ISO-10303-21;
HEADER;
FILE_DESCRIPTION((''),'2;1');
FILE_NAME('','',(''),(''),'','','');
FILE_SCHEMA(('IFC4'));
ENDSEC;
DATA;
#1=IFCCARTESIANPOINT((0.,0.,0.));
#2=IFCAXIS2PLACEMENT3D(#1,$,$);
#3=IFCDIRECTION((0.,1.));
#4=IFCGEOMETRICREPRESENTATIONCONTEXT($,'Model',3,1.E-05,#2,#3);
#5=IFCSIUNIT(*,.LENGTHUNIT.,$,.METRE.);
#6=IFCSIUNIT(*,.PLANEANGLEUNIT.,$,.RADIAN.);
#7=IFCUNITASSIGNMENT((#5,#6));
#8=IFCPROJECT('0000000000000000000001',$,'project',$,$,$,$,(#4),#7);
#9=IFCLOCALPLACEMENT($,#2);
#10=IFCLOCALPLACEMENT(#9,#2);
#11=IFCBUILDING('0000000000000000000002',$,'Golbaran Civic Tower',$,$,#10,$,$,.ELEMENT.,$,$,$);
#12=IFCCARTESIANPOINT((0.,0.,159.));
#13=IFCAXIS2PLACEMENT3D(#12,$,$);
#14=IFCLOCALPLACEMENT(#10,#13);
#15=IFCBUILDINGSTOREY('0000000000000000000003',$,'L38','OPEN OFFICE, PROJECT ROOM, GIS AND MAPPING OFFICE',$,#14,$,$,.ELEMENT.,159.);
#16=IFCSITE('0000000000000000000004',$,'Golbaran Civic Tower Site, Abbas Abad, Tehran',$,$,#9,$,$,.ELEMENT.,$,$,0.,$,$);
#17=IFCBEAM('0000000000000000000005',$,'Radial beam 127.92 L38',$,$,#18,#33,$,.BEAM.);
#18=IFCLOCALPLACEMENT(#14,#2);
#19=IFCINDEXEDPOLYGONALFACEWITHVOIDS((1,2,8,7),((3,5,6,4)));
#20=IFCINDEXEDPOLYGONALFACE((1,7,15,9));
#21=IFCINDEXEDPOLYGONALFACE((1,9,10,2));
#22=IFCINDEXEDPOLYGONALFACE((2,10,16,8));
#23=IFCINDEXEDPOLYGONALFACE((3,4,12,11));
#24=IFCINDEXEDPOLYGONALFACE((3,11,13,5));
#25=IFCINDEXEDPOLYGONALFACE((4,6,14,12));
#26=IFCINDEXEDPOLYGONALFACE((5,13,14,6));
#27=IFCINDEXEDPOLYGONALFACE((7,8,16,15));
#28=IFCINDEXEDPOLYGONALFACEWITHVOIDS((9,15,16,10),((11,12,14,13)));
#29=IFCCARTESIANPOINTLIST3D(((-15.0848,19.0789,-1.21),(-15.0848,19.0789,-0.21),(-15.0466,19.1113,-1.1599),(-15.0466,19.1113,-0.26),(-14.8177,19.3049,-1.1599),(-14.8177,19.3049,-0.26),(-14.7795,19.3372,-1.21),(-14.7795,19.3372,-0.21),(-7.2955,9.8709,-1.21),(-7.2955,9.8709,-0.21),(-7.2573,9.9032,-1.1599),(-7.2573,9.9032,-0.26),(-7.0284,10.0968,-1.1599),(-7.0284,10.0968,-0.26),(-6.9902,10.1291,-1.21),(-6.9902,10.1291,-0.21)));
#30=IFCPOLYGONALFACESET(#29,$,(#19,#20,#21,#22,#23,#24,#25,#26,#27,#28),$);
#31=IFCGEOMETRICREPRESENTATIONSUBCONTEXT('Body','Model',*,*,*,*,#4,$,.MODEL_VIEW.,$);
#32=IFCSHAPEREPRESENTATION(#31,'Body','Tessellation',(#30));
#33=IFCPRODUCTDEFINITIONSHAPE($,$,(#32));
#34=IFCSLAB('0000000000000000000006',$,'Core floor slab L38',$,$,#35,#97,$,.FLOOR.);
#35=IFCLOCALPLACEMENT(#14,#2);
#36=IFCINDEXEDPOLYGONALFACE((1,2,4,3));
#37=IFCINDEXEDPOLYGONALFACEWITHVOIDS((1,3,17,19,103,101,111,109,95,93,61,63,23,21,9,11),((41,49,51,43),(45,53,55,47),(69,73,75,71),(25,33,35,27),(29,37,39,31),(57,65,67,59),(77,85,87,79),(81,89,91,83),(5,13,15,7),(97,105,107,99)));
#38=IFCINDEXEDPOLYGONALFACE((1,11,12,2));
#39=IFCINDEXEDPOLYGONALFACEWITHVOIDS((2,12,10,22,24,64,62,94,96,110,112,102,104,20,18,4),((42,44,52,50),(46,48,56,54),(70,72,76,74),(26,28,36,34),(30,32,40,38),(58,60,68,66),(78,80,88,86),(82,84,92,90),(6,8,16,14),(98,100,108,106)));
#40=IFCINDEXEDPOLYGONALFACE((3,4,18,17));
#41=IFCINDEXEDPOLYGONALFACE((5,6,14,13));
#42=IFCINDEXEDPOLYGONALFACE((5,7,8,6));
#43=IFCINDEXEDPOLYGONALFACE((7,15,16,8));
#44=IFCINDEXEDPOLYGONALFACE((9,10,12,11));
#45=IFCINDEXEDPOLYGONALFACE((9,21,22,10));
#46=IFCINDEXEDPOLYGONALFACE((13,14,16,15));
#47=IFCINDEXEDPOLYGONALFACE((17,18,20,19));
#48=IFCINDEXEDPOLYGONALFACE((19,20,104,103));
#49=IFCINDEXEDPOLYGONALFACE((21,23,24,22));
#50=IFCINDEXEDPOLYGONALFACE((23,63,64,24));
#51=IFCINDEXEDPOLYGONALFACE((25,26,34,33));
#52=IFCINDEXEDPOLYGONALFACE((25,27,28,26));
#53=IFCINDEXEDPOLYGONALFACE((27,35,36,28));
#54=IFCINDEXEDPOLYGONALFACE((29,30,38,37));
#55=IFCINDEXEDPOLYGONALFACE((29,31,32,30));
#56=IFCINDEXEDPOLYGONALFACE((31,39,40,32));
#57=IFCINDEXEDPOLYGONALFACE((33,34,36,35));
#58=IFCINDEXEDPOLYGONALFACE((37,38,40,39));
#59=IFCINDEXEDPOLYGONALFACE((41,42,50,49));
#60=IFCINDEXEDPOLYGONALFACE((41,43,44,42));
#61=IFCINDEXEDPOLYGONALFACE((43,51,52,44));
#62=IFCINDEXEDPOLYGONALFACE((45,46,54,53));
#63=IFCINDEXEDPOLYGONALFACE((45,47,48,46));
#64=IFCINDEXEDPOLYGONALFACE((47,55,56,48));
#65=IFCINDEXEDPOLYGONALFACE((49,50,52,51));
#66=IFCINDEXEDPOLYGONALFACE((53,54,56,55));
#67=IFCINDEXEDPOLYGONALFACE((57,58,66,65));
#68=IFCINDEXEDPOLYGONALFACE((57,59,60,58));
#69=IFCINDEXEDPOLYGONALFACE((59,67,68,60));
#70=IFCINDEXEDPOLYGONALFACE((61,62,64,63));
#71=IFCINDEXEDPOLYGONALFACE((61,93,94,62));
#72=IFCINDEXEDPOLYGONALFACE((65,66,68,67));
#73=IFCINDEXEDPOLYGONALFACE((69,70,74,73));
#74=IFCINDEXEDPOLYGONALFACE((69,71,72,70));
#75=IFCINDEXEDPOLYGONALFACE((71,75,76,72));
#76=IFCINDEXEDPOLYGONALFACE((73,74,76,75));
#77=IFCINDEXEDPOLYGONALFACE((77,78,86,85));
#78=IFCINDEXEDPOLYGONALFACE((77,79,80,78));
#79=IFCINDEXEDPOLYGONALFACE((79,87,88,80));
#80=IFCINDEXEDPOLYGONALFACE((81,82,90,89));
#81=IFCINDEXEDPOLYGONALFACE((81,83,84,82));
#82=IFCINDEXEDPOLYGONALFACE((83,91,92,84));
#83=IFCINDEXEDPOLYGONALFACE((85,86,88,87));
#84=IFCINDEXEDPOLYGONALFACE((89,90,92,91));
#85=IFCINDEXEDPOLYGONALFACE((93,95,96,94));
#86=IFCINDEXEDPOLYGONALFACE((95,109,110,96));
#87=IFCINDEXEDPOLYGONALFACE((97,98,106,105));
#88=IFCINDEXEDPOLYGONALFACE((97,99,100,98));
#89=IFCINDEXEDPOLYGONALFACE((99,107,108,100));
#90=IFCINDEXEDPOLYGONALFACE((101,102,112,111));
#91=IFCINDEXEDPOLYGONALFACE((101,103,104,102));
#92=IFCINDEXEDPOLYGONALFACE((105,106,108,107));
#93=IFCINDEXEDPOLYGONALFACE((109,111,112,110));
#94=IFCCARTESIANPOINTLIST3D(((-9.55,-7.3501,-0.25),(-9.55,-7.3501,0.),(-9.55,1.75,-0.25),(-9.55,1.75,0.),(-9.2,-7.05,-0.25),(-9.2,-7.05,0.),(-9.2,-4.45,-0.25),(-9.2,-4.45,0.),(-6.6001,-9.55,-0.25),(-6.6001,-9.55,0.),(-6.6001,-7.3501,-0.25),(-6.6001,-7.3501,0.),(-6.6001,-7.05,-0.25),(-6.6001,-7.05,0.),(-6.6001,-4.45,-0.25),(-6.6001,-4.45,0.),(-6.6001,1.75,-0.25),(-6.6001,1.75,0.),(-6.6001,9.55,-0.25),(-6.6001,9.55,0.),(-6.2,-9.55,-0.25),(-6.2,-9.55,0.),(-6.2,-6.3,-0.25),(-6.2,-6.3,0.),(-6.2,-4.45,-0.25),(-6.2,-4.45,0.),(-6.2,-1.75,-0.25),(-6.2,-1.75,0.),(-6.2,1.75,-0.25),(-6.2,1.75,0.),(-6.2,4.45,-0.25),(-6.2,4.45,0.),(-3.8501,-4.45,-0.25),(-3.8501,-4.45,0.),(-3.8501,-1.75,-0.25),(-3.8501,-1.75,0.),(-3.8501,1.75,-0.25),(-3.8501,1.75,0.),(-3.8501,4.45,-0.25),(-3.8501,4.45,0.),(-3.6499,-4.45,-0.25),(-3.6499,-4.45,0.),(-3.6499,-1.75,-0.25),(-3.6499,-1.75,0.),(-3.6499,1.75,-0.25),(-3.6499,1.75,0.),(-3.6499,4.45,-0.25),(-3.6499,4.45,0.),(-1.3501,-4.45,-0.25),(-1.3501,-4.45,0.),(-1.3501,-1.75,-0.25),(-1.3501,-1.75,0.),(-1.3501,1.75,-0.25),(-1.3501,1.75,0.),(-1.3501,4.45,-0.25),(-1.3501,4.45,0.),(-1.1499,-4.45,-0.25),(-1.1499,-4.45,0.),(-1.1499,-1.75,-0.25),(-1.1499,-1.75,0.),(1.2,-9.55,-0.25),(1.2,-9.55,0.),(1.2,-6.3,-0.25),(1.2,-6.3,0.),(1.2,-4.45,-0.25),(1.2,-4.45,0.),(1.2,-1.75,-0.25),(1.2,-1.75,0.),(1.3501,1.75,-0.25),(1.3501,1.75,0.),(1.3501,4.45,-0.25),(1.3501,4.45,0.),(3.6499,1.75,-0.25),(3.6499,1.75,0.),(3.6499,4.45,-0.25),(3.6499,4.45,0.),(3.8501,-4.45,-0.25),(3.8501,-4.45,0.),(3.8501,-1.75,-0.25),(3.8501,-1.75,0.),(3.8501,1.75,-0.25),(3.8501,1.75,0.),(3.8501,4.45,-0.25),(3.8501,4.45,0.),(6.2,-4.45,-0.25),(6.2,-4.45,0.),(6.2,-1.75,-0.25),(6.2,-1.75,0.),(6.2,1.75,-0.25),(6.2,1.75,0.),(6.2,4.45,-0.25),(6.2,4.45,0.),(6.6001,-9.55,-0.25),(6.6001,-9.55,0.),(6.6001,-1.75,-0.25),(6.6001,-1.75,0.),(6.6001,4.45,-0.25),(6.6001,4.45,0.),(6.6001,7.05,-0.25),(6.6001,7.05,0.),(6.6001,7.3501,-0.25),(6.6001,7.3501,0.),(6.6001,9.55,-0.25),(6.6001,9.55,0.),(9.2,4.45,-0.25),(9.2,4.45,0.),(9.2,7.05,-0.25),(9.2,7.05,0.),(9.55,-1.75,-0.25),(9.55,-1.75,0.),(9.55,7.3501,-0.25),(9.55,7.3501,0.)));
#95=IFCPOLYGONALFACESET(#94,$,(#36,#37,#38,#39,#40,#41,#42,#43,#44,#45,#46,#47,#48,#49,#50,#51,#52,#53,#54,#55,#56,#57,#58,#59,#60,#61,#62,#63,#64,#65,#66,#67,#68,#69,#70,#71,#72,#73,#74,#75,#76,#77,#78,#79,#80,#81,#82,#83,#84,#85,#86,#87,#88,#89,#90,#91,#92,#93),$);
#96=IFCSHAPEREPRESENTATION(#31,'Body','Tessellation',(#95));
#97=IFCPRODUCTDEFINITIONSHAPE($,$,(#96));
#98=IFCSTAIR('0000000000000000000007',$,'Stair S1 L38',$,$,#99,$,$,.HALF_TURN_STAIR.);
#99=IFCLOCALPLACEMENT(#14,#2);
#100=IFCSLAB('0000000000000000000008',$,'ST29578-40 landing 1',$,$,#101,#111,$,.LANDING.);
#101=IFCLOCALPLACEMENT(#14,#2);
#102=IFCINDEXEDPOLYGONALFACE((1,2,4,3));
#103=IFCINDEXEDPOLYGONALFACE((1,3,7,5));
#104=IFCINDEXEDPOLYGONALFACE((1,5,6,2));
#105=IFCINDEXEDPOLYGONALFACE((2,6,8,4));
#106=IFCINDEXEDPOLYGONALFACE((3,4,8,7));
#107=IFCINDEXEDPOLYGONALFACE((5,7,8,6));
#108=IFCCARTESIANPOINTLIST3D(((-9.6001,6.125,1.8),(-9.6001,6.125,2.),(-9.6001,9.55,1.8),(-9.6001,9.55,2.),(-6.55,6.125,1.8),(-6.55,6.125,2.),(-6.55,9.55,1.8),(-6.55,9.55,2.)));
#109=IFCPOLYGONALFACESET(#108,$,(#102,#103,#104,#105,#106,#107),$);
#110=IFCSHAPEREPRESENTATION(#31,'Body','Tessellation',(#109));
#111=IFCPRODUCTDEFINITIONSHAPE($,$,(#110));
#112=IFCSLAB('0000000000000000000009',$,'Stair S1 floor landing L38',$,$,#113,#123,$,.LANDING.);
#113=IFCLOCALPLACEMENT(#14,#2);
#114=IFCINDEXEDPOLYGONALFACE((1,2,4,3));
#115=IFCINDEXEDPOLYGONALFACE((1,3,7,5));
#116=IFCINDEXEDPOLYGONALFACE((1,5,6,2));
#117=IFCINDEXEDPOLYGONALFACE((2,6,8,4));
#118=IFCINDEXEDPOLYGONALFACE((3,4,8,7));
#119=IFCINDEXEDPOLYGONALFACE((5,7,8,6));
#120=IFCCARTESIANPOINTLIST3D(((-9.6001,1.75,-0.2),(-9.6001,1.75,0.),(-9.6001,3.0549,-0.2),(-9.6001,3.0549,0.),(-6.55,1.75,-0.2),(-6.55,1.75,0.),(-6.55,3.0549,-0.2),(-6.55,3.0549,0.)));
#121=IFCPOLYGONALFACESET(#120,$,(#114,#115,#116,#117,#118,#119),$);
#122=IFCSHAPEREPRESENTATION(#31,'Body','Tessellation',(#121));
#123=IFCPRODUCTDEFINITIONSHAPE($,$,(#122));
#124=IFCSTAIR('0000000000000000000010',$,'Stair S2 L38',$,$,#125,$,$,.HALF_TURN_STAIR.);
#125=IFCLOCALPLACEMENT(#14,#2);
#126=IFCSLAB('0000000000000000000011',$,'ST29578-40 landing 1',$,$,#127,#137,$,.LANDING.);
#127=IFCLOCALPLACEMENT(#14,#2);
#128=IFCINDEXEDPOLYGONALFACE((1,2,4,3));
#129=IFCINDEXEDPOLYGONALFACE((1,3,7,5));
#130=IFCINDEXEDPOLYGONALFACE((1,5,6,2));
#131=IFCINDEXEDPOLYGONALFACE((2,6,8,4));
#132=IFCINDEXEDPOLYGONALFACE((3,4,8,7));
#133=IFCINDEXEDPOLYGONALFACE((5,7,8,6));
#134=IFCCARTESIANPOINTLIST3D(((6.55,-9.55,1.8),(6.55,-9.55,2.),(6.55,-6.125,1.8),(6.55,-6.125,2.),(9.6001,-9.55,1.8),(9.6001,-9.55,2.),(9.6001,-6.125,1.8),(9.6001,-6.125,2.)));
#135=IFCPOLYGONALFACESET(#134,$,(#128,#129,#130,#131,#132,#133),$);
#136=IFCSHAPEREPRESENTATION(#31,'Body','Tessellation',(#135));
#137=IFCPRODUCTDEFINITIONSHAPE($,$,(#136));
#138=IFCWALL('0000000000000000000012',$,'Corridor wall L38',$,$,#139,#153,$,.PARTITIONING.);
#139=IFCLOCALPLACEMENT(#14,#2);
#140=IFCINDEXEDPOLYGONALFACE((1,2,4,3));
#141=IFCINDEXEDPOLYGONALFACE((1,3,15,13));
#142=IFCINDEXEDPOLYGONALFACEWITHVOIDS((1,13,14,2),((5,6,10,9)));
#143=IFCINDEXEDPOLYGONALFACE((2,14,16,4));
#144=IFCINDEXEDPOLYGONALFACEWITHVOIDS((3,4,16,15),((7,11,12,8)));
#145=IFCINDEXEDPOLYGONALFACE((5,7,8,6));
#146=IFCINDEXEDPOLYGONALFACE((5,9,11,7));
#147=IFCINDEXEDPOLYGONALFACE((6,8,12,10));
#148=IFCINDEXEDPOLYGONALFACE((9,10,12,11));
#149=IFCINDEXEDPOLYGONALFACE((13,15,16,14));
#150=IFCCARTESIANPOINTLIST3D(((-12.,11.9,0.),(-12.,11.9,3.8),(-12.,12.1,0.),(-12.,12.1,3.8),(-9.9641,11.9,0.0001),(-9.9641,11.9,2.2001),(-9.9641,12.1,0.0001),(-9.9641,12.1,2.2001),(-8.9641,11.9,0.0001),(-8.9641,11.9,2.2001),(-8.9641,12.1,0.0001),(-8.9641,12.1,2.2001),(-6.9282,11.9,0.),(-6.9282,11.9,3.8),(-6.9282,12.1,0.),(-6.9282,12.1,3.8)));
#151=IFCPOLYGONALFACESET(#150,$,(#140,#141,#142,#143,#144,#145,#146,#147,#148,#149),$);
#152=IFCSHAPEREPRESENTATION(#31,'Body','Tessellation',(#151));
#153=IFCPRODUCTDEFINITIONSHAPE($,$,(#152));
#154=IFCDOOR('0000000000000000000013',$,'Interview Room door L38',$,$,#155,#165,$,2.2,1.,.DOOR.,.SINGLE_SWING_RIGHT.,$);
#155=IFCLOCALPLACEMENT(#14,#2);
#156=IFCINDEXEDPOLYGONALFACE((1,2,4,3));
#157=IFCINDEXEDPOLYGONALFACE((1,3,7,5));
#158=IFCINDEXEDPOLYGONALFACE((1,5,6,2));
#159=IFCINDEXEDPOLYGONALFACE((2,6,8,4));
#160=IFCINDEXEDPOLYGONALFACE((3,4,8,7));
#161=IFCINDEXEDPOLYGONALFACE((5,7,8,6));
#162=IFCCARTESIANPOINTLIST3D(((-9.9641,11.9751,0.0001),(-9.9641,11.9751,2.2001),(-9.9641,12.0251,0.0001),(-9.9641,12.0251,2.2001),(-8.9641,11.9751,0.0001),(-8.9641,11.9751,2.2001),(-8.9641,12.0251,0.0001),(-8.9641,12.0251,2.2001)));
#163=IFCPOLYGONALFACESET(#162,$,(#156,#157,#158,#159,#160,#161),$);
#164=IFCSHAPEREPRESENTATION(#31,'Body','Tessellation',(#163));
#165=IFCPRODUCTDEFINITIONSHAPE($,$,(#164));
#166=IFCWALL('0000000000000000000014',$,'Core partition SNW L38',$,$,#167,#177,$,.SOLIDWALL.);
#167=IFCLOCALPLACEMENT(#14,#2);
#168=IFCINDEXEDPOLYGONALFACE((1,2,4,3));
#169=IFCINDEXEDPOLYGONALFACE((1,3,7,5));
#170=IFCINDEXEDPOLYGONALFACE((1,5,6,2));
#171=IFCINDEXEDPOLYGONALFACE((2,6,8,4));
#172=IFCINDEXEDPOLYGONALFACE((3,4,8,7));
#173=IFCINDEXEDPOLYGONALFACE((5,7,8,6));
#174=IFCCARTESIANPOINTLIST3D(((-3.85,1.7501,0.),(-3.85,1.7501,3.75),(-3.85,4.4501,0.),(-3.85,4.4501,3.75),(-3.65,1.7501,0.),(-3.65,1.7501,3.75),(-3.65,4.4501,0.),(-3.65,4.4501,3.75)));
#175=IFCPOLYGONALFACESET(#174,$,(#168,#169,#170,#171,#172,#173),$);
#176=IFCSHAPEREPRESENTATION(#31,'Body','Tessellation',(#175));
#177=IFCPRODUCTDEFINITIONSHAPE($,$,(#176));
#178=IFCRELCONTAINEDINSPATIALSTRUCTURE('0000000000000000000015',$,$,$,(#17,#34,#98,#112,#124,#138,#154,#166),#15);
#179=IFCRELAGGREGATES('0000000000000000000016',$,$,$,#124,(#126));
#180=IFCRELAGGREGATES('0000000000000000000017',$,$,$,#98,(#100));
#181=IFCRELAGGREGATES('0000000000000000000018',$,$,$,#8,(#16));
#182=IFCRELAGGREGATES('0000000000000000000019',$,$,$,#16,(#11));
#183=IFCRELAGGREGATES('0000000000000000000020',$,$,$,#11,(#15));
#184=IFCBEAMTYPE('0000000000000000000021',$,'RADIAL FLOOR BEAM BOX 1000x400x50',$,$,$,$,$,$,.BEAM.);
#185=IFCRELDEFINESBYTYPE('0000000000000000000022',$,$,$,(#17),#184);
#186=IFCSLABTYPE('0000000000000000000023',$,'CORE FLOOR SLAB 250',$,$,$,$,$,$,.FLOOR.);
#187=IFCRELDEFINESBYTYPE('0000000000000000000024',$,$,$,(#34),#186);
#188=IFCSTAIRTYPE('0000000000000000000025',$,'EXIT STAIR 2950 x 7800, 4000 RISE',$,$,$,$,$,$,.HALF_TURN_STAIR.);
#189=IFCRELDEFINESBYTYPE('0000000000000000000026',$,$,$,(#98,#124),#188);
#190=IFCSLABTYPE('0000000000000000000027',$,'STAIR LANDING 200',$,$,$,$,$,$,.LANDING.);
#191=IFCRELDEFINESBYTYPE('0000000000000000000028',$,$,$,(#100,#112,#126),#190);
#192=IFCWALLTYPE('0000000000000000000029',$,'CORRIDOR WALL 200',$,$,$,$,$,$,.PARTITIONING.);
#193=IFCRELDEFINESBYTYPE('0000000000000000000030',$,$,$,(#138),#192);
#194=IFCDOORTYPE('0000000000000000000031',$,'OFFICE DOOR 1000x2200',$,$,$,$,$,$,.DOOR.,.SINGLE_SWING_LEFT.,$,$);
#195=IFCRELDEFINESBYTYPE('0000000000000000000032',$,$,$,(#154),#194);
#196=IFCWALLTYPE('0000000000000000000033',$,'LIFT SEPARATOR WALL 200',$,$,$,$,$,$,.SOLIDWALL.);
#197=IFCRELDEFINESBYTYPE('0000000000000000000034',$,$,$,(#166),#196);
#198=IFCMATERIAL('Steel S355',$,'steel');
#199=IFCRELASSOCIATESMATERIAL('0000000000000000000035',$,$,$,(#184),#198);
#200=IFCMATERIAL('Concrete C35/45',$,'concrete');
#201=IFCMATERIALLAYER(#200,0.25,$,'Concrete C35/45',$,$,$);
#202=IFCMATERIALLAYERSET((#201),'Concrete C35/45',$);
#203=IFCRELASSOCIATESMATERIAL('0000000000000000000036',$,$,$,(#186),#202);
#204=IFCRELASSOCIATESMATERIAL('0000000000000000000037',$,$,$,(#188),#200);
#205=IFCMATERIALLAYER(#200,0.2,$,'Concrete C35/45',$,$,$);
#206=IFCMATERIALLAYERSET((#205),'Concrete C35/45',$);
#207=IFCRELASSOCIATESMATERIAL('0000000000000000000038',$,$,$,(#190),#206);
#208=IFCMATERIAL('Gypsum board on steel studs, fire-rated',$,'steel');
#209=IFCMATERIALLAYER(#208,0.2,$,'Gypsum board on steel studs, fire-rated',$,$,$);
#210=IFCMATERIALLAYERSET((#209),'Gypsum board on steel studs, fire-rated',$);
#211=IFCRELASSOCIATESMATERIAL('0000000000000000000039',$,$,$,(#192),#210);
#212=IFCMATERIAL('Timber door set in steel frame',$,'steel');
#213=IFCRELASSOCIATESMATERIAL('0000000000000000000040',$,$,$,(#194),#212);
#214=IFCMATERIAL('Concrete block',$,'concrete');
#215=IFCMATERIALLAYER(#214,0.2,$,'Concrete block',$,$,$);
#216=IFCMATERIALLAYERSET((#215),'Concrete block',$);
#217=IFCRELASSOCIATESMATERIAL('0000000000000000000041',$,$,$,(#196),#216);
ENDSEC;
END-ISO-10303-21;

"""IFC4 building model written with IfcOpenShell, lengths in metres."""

from ifc_helpers import new_model, si_unit, direction, frame, frame_2d, origin, origin_2d, place, context, subcontext, project, spatial, polyline, rectangle, hollow_rectangle, outline, extrude, material, layer, layer_set, material_profile, profile_set, type_object, element, fill, aggregate, save


model = new_model("IFC4")

# Units and contexts
model_context = context("Model", 3, precision=1e-05, world=origin(), true_north=direction((0.0, 1.0)))
body_context = subcontext(model_context, "Body", "Model", "MODEL_VIEW")
ifc_project = project(units=[si_unit("LENGTHUNIT", "METRE"), si_unit("PLANEANGLEUNIT", "RADIAN")], contexts=[model_context])

# Site, building, storey
site_placement = place(None, origin())
site = spatial("IfcSite", under=ifc_project, at=site_placement, Name="Golbaran Civic Tower Site, Abbas Abad, Tehran", CompositionType="ELEMENT", RefElevation=0.0)
building_placement = place(site_placement, origin())
building = spatial("IfcBuilding", under=site, at=building_placement, Name="Golbaran Civic Tower", CompositionType="ELEMENT")
storey_placement = place(building_placement, frame((0.0, 0.0, 159.0)))
storey = spatial("IfcBuildingStorey", under=building, at=storey_placement, Name="L38", Description="OPEN OFFICE, PROJECT ROOM, GIS AND MAPPING OFFICE", CompositionType="ELEMENT", Elevation=159.0)

# Beam
ifc_material_1 = material(Name="Steel S355", Category="steel")
ifc_material_profile_1 = material_profile(ifc_material_1, hollow_rectangle(XDim=0.3999, YDim=1.0, WallThickness=0.05, at=origin_2d()), Name="BOX 1000x400x50")
ifc_profile_set_1 = profile_set([ifc_material_profile_1], Name="Steel S355")
beam_type_1 = type_object("IfcBeamType", Name="RADIAL FLOOR BEAM BOX 1000x400x50", PredefinedType="BEAM", material=ifc_profile_set_1)
beam_1_placement = place(storey_placement, frame((-7.1428, 10.0, -0.71), z_axis=(-0.645842, 0.763472, 0.0), x_axis=(-0.763472, -0.645842, 0.0)))
element("IfcBeam", 1, at=beam_1_placement, inside=storey, type_object=beam_type_1, Name="Radial beam 127.92 L38", PredefinedType="BEAM", context=body_context, shape_type="SweptSolid", body=[
    extrude(hollow_rectangle(XDim=0.3999, YDim=1.0, WallThickness=0.05, at=origin_2d()), origin(), (0.0, 0.0, 1.0), 12.0608),
])

# Slab
ifc_material_2 = material(Name="Concrete C35/45", Category="concrete")
ifc_layer_1 = layer(ifc_material_2, 0.25, Name="Concrete C35/45")
ifc_layer_set_1 = layer_set([ifc_layer_1], Name="Concrete C35/45")
slab_type_1 = type_object("IfcSlabType", Name="CORE FLOOR SLAB 250", PredefinedType="FLOOR", material=ifc_layer_set_1)
slab_1_placement = place(storey_placement, frame((0.0, 0.0, -0.25)))
element("IfcSlab", 2, at=slab_1_placement, inside=storey, type_object=slab_type_1, Name="Core floor slab L38", PredefinedType="FLOOR", context=body_context, shape_type="SweptSolid", body=[
    extrude(outline(polyline([(6.6001, -1.75), (6.6001, -9.55), (1.2, -9.55), (1.2, -6.3), (-6.2, -6.3), (-6.2, -9.55), (-6.6001, -9.55), (-6.6001, -7.3501), (-9.55, -7.3501), (-9.55, 1.75), (-6.6001, 1.75), (-6.6001, 9.55), (6.6001, 9.55), (6.6001, 7.3501), (9.55, 7.3501), (9.55, -1.75), (6.6001, -1.75)]), holes=[polyline([(9.2, 7.05), (6.6001, 7.05), (6.6001, 4.45), (9.2, 4.45), (9.2, 7.05)]), polyline([(6.2, -1.75), (3.8501, -1.75), (3.8501, -4.45), (6.2, -4.45), (6.2, -1.75)]), polyline([(6.2, 4.45), (3.8501, 4.45), (3.8501, 1.75), (6.2, 1.75), (6.2, 4.45)]), polyline([(3.6499, 4.45), (1.3501, 4.45), (1.3501, 1.75), (3.6499, 1.75), (3.6499, 4.45)]), polyline([(1.2, -1.75), (-1.1499, -1.75), (-1.1499, -4.45), (1.2, -4.45), (1.2, -1.75)]), polyline([(-1.3501, 4.45), (-3.6499, 4.45), (-3.6499, 1.75), (-1.3501, 1.75), (-1.3501, 4.45)]), polyline([(-1.3501, -1.75), (-3.6499, -1.75), (-3.6499, -4.45), (-1.3501, -4.45), (-1.3501, -1.75)]), polyline([(-3.8501, -1.75), (-6.2, -1.75), (-6.2, -4.45), (-3.8501, -4.45), (-3.8501, -1.75)]), polyline([(-3.8501, 4.45), (-6.2, 4.45), (-6.2, 1.75), (-3.8501, 1.75), (-3.8501, 4.45)]), polyline([(-6.6001, -4.45), (-9.2, -4.45), (-9.2, -7.05), (-6.6001, -7.05), (-6.6001, -4.45)])]), origin(), (0.0, 0.0, 1.0), 0.25),
])

# Stair, slab
stair_type = type_object("IfcStairType", Name="EXIT STAIR 2950 x 7800, 4000 RISE", PredefinedType="HALF_TURN_STAIR", material=ifc_material_2)
stair_1_placement = place(storey_placement, origin())
stair_1 = element("IfcStair", 3, at=stair_1_placement, inside=storey, type_object=stair_type, Name="Stair S1 L38", PredefinedType="HALF_TURN_STAIR")
ifc_layer_2 = layer(ifc_material_2, 0.2, Name="Concrete C35/45")
ifc_layer_set_2 = layer_set([ifc_layer_2], Name="Concrete C35/45")
slab_type_2 = type_object("IfcSlabType", Name="STAIR LANDING 200", PredefinedType="LANDING", material=ifc_layer_set_2)
slab_2_placement = place(storey_placement, frame((0.0, 0.0, 1.8)))
slab_2 = element("IfcSlab", 4, at=slab_2_placement, type_object=slab_type_2, Name="ST29578-40 landing 1", PredefinedType="LANDING", context=body_context, shape_type="SweptSolid", body=[
    extrude(outline(polyline([(-9.6001, 6.125), (-9.6001, 9.55), (-6.55, 9.55), (-6.55, 6.125), (-9.6001, 6.125)])), origin(), (0.0, 0.0, 1.0), 0.2),
])

# Slab
slab_3_placement = place(storey_placement, frame((0.0, 0.0, -0.2)))
element("IfcSlab", 5, at=slab_3_placement, inside=storey, type_object=slab_type_2, Name="Stair S1 floor landing L38", PredefinedType="LANDING", context=body_context, shape_type="SweptSolid", body=[
    extrude(outline(polyline([(-9.6001, 1.75), (-9.6001, 3.0549), (-6.55, 3.0549), (-6.55, 1.75), (-9.6001, 1.75)])), origin(), (0.0, 0.0, 1.0), 0.2),
])

# Stair, slab
stair_2_placement = place(storey_placement, origin())
stair_2 = element("IfcStair", 6, at=stair_2_placement, inside=storey, type_object=stair_type, Name="Stair S2 L38", PredefinedType="HALF_TURN_STAIR")
slab_4_placement = place(storey_placement, frame((0.0, 0.0, 1.8)))
slab_4 = element("IfcSlab", 7, at=slab_4_placement, type_object=slab_type_2, Name="ST29578-40 landing 1", PredefinedType="LANDING", context=body_context, shape_type="SweptSolid", body=[
    extrude(outline(polyline([(9.6001, -6.125), (9.6001, -9.55), (6.55, -9.55), (6.55, -6.125), (9.6001, -6.125)])), origin(), (0.0, 0.0, 1.0), 0.2),
])
aggregate(stair_2, [slab_4])

# Wall, opening, door
ifc_material_3 = material(Name="Gypsum board on steel studs, fire-rated", Category="steel")
ifc_layer_3 = layer(ifc_material_3, 0.2, Name="Gypsum board on steel studs, fire-rated")
ifc_layer_set_3 = layer_set([ifc_layer_3], Name="Gypsum board on steel studs, fire-rated")
wall_type_1 = type_object("IfcWallType", Name="CORRIDOR WALL 200", PredefinedType="PARTITIONING", material=ifc_layer_set_3)
wall_1_placement = place(storey_placement, frame((-6.9282, 12.0, 0.0), z_axis=(0.0, 0.0, 1.0), x_axis=(-1.0, 0.0, 0.0)))
wall_1 = element("IfcWall", 8, at=wall_1_placement, inside=storey, type_object=wall_type_1, Name="Corridor wall L38", PredefinedType="PARTITIONING", context=body_context, shape_type="SweptSolid", body=[
    extrude(rectangle(XDim=5.0718, YDim=0.2, at=frame_2d((2.5359, 0.0))), origin(), (0.0, 0.0, 1.0), 3.8),
])
opening_1_placement = place(wall_1_placement, frame((2.0359, 0.0, 0.0)))
opening_1 = element("IfcOpeningElement", 9, at=opening_1_placement, cuts=wall_1, PredefinedType="OPENING", context=body_context, shape_type="SweptSolid", body=[
    extrude(rectangle(XDim=1.0, YDim=2.2, at=frame_2d((0.5, 1.1001))), frame((0.0, 0.1099, 0.0), z_axis=(0.0, -1.0, 0.0), x_axis=(1.0, 0.0, 0.0)), (0.0, 0.0, 1.0), 0.22),
])
ifc_material_4 = material(Name="Timber door set in steel frame", Category="steel")
door_type_1 = type_object("IfcDoorType", Name="OFFICE DOOR 1000x2200", OperationType="SINGLE_SWING_LEFT", PredefinedType="DOOR", material=ifc_material_4)
door_1_placement = place(opening_1_placement, origin())
door_1 = element("IfcDoor", 10, at=door_1_placement, inside=storey, type_object=door_type_1, Name="Interview Room door L38", OperationType="SINGLE_SWING_RIGHT", OverallHeight=2.2, OverallWidth=1.0, PredefinedType="DOOR", context=body_context, shape_type="SweptSolid", body=[
    extrude(rectangle(XDim=1.0, YDim=2.2, at=frame_2d((0.5, 1.1001))), frame((0.0, 0.0249, 0.0), z_axis=(0.0, -1.0, 0.0), x_axis=(1.0, 0.0, 0.0)), (0.0, 0.0, 1.0), 0.05),
])
fill(opening_1, door_1)

# Wall
ifc_material_5 = material(Name="Concrete block", Category="concrete")
ifc_layer_4 = layer(ifc_material_5, 0.2, Name="Concrete block")
ifc_layer_set_4 = layer_set([ifc_layer_4], Name="Concrete block")
wall_type_2 = type_object("IfcWallType", Name="LIFT SEPARATOR WALL 200", PredefinedType="SOLIDWALL", material=ifc_layer_set_4)
wall_2_placement = place(storey_placement, frame((-3.75, 1.75, 0.0), z_axis=(0.0, 0.0, 1.0), x_axis=(0.0, 1.0, 0.0)))
element("IfcWall", 11, at=wall_2_placement, inside=storey, type_object=wall_type_2, Name="Core partition SNW L38", PredefinedType="SOLIDWALL", context=body_context, shape_type="SweptSolid", body=[
    extrude(rectangle(XDim=2.7, YDim=0.2, at=frame_2d((1.3501, 0.0))), origin(), (0.0, 0.0, 1.0), 3.75),
])

aggregate(stair_1, [slab_2])

save(model, "model.ifc")
